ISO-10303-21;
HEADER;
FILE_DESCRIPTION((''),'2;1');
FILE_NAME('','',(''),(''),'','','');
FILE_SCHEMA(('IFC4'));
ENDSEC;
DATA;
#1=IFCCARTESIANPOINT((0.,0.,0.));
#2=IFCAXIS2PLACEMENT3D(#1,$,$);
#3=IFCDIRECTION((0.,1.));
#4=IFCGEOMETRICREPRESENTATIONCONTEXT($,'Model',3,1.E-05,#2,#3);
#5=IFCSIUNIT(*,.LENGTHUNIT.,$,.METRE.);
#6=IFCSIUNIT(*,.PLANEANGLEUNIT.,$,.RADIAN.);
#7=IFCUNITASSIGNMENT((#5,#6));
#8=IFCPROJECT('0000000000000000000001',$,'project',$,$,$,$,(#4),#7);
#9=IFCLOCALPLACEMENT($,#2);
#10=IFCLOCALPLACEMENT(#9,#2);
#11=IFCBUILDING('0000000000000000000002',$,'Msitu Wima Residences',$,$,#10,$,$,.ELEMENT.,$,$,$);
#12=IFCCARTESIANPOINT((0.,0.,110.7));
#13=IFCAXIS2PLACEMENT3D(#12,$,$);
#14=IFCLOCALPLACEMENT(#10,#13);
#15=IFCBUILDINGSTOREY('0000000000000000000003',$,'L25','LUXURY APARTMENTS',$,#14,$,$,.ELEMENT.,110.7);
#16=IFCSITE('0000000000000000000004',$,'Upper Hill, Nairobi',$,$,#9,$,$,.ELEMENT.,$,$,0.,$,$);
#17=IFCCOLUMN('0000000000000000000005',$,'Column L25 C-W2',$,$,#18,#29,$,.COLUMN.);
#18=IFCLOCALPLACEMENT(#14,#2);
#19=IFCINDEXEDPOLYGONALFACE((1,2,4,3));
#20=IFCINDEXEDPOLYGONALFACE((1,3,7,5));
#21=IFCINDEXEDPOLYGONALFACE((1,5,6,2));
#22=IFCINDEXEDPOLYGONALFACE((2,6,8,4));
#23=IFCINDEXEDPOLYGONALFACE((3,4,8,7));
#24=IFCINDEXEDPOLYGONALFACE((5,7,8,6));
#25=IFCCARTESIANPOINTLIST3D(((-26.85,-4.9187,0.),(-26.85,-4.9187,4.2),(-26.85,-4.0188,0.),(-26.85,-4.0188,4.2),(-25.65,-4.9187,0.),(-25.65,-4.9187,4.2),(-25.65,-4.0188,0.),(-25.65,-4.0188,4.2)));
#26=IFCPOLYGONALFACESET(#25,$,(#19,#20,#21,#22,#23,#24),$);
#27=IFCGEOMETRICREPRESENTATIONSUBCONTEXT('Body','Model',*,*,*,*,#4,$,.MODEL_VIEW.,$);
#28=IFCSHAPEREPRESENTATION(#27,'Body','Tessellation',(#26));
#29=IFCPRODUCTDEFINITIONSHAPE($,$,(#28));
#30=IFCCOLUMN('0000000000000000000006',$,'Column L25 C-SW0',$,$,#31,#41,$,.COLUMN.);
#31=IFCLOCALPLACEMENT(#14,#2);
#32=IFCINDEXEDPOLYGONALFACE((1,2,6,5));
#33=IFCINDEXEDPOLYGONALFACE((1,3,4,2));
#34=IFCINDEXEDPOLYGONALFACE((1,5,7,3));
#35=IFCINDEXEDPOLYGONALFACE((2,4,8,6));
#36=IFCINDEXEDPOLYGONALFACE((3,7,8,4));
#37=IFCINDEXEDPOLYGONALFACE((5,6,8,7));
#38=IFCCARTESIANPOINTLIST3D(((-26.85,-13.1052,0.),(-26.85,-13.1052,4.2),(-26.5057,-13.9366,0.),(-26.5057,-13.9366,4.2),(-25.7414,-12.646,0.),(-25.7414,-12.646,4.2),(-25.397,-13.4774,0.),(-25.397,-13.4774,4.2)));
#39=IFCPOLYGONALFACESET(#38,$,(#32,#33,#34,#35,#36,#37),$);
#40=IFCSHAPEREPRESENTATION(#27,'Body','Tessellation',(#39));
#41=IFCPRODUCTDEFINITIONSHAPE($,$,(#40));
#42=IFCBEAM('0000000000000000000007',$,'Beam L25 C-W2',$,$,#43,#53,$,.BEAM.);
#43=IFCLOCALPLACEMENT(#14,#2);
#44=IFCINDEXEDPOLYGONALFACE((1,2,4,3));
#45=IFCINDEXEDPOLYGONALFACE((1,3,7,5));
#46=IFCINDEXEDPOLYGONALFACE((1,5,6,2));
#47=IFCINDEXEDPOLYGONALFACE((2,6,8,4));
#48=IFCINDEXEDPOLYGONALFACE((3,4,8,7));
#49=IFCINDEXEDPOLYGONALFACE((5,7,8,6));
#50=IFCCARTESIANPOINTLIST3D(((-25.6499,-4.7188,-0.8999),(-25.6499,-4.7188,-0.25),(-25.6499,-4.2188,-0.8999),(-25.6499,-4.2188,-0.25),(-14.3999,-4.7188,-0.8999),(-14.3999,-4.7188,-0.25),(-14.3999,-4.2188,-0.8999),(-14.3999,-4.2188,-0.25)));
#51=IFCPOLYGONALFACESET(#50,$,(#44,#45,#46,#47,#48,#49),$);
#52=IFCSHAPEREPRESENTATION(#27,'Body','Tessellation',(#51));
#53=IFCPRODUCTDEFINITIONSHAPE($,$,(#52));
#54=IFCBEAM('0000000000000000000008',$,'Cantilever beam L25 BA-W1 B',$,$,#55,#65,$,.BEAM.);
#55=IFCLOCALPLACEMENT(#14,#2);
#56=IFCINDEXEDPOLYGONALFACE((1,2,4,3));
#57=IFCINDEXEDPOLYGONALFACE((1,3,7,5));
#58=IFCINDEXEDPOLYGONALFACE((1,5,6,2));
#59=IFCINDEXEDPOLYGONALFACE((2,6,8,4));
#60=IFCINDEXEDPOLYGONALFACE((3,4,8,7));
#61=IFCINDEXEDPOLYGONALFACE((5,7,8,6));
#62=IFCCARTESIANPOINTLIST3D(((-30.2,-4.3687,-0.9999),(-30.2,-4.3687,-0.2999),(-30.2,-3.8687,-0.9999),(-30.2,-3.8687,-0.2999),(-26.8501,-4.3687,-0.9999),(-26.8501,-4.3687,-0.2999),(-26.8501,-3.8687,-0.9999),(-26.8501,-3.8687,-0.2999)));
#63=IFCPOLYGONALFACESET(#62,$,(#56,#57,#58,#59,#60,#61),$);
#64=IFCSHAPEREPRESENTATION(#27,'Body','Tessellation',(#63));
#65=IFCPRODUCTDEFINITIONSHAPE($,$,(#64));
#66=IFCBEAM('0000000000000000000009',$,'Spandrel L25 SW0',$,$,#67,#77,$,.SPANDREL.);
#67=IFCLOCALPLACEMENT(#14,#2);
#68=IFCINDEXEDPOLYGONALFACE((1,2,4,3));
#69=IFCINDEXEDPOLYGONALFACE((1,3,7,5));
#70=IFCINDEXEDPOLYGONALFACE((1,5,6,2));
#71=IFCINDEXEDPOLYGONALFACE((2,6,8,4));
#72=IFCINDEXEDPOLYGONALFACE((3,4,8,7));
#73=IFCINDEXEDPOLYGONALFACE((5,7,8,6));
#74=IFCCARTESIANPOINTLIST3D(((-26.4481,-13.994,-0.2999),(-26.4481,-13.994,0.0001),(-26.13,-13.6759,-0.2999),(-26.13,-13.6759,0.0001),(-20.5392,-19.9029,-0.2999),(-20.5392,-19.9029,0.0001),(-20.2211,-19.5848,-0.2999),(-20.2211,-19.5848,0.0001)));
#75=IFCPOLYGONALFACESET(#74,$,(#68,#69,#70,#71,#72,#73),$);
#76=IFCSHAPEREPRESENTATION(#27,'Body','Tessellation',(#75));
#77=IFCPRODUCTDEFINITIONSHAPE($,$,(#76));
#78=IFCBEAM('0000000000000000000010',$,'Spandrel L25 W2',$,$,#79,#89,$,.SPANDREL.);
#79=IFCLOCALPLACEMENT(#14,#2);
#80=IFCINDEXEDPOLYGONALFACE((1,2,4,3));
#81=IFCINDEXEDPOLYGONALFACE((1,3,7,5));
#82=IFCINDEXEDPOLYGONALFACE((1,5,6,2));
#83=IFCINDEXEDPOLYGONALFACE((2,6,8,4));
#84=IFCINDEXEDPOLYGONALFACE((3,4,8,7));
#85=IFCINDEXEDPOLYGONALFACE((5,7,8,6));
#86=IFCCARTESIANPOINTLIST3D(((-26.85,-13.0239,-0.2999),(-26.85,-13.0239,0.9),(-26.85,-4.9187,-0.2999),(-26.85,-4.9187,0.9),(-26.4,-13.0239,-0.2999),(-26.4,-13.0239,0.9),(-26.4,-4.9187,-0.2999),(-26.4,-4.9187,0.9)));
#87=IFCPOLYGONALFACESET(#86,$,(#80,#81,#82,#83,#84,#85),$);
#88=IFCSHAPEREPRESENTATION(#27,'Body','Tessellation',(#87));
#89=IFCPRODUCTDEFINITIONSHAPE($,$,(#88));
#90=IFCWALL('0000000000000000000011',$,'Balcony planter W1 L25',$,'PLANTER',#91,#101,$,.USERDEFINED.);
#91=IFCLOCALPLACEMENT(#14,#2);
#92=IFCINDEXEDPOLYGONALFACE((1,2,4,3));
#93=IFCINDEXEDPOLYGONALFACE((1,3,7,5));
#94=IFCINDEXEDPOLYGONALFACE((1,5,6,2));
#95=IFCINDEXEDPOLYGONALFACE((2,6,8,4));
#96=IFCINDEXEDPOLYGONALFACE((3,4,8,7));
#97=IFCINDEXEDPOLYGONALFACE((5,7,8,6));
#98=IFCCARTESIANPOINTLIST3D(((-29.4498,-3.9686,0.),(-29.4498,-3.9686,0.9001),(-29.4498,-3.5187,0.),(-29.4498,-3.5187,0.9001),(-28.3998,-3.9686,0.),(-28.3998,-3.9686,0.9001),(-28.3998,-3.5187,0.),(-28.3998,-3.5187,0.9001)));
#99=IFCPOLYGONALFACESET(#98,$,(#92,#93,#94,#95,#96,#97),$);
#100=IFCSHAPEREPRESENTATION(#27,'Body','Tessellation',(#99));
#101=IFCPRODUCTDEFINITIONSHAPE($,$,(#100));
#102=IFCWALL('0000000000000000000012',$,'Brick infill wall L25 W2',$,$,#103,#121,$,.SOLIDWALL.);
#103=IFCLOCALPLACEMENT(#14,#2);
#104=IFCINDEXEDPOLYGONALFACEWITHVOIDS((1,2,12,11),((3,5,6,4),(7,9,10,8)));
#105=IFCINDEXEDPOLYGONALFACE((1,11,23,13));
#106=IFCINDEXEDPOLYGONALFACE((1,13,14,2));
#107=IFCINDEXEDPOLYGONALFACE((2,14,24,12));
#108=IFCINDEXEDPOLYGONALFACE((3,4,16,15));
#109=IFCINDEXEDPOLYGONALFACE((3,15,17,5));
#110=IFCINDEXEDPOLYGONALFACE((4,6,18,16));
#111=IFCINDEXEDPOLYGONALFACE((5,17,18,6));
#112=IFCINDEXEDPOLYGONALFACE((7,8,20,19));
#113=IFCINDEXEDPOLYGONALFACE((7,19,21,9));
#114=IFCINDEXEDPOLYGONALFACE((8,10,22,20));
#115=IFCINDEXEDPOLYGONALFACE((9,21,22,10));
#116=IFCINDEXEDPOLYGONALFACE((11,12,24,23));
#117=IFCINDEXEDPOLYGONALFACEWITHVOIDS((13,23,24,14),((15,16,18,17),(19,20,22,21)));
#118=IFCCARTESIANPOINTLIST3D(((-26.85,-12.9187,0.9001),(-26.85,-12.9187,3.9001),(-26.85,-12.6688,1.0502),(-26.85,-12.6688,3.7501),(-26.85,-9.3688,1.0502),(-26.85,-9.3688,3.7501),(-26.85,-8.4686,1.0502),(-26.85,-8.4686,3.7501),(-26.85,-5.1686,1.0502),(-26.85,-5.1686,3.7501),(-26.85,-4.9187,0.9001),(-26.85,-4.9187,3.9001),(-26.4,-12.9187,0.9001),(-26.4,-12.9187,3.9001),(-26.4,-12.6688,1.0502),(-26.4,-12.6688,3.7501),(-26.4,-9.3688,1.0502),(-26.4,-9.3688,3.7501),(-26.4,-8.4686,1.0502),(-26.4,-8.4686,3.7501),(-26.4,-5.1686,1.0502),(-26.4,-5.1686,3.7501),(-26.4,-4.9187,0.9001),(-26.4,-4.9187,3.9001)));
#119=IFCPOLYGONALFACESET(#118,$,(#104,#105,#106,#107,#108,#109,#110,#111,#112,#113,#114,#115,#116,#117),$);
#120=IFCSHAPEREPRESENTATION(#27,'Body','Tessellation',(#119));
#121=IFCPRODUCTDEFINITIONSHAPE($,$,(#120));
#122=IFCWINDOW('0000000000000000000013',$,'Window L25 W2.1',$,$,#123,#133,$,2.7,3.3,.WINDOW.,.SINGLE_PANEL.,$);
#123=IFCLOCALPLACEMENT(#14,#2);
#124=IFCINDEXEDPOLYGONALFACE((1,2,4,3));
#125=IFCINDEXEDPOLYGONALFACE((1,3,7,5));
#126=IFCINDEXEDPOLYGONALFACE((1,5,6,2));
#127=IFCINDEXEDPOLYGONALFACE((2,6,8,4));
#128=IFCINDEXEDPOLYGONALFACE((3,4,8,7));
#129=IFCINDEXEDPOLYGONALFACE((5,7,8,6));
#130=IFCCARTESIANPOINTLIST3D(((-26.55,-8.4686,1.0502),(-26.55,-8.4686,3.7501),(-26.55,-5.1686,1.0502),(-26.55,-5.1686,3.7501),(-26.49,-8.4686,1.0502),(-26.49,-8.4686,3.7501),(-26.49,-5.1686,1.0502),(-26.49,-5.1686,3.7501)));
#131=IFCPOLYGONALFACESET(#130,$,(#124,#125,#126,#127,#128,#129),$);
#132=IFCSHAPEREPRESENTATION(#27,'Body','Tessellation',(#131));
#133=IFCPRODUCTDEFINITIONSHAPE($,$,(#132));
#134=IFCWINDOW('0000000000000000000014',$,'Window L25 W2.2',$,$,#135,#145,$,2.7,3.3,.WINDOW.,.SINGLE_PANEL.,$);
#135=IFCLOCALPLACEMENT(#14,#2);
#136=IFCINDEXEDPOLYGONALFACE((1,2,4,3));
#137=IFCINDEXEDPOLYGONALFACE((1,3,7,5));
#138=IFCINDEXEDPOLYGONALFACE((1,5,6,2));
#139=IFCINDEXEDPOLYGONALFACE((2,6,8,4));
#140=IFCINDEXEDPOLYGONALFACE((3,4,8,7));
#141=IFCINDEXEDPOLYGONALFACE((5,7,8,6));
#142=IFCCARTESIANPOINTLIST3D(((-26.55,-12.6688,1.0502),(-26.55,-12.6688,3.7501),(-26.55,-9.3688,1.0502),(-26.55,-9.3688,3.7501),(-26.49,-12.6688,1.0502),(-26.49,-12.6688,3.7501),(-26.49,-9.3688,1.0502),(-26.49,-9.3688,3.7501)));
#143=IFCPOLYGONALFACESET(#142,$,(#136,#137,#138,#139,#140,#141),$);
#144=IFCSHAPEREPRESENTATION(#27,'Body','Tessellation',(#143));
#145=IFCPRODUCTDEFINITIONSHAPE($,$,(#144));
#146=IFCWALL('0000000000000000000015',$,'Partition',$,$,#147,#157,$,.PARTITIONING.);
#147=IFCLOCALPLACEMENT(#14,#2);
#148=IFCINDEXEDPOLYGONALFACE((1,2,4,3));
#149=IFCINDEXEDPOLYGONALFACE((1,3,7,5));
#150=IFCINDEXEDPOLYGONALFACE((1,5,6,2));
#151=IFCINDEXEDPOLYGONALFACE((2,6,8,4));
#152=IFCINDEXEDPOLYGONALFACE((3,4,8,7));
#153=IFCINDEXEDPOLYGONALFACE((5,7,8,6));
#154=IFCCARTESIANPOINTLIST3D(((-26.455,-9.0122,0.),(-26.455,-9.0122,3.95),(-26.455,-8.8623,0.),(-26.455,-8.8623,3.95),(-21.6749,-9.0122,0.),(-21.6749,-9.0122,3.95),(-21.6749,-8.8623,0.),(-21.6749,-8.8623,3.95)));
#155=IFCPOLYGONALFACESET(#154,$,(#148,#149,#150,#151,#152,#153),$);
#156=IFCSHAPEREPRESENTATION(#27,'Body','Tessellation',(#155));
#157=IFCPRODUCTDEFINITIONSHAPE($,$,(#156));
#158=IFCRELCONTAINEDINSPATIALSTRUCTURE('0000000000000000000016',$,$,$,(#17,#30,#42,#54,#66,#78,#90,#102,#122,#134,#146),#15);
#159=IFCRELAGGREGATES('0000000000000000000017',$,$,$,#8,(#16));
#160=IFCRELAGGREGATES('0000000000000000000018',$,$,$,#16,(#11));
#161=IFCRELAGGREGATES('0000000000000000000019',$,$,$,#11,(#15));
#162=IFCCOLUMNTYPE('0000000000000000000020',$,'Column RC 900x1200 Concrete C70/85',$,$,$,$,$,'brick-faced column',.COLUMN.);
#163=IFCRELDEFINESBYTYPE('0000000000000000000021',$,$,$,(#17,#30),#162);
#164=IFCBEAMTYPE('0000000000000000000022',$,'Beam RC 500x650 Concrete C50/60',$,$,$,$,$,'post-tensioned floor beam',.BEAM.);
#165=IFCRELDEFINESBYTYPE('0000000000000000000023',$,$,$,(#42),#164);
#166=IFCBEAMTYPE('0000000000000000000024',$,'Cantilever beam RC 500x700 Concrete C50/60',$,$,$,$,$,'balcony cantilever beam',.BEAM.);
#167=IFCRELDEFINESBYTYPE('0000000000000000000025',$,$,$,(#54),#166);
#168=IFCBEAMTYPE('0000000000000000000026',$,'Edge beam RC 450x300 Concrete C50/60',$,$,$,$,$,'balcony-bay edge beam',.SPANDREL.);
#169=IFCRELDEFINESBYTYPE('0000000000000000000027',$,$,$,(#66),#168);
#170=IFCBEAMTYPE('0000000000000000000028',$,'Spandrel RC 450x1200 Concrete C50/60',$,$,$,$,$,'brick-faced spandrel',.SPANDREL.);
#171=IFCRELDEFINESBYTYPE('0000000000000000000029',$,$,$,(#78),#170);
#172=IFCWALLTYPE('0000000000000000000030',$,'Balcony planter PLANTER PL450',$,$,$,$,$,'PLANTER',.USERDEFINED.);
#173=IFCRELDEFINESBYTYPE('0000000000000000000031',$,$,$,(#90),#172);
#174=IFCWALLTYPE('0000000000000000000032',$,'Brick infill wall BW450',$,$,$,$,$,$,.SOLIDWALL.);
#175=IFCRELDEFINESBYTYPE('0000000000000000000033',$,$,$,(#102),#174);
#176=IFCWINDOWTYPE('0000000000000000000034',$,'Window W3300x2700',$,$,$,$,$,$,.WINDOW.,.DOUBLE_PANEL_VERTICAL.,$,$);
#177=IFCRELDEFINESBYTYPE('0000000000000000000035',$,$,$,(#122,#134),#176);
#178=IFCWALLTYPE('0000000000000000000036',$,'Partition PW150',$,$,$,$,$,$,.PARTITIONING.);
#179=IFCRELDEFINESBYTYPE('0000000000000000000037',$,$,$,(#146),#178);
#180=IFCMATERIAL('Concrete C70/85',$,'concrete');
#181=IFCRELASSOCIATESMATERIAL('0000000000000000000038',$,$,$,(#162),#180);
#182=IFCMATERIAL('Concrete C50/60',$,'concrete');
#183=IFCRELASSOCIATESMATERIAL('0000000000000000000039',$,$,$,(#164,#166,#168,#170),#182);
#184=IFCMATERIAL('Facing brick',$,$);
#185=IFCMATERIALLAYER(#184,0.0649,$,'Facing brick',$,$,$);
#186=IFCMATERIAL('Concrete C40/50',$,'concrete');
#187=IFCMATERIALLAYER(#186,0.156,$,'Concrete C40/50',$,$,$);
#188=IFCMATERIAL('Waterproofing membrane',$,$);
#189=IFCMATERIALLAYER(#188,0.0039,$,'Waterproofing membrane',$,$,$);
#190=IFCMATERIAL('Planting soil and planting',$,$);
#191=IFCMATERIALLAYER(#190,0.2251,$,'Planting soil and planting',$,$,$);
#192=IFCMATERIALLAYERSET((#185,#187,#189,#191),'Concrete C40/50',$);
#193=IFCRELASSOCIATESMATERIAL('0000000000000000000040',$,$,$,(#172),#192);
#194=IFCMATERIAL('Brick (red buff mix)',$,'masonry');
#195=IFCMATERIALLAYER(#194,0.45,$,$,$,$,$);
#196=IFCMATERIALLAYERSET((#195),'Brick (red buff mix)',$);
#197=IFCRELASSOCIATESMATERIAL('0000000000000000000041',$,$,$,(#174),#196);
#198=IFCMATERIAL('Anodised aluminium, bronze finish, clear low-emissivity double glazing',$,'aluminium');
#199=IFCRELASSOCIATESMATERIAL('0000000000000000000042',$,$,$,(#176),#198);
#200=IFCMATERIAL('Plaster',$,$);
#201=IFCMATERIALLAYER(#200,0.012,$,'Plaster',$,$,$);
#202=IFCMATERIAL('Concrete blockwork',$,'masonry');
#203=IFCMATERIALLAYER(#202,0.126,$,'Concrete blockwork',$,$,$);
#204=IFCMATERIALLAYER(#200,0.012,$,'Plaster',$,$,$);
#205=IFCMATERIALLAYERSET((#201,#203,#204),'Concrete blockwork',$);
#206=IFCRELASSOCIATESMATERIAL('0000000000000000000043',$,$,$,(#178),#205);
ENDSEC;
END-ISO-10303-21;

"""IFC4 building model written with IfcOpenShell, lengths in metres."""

from ifc_helpers import new_model, si_unit, direction, frame, frame_2d, origin, origin_2d, place, context, subcontext, project, spatial, rectangle, extrude, material, layer, layer_set, material_profile, profile_set, type_object, element, fill, save


model = new_model("IFC4")

# Units and contexts
model_context = context("Model", 3, precision=1e-05, world=origin(), true_north=direction((0.0, 1.0)))
body_context = subcontext(model_context, "Body", "Model", "MODEL_VIEW")
ifc_project = project(units=[si_unit("LENGTHUNIT", "METRE"), si_unit("PLANEANGLEUNIT", "RADIAN")], contexts=[model_context])

# Site, building, storey
site_placement = place(None, origin())
site = spatial("IfcSite", under=ifc_project, at=site_placement, Name="Upper Hill, Nairobi", CompositionType="ELEMENT", RefElevation=0.0)
building_placement = place(site_placement, origin())
building = spatial("IfcBuilding", under=site, at=building_placement, Name="Msitu Wima Residences", CompositionType="ELEMENT")
storey_placement = place(building_placement, frame((0.0, 0.0, 110.7)))
storey = spatial("IfcBuildingStorey", under=building, at=storey_placement, Name="L25", Description="LUXURY APARTMENTS", CompositionType="ELEMENT", Elevation=110.7)

# Columns
ifc_material_1 = material(Name="Concrete C70/85", Category="concrete")
ifc_material_profile_1 = material_profile(ifc_material_1, rectangle(XDim=0.8999, YDim=1.2, at=origin_2d()), Name="RC 900x1200")
ifc_profile_set_1 = profile_set([ifc_material_profile_1], Name="Concrete C70/85")
column_type = type_object("IfcColumnType", Name="Column RC 900x1200 Concrete C70/85", ElementType="brick-faced column", PredefinedType="COLUMN", material=ifc_profile_set_1)
for number, where, z_axis, x_axis, name in (
    (1, (-26.25, -4.4688, 0.0), (0.0, 0.0, 1.0), (0.0, -1.0, 0.0), "Column L25 C-W2"),
    (2, (-26.1235, -13.2913, 0.0), (0.0, 0.0, 1.0), (0.382683, -0.92388, 0.0), "Column L25 C-SW0"),
):
    element("IfcColumn", number, at=place(storey_placement, frame(where, z_axis=z_axis, x_axis=x_axis)), inside=storey, type_object=column_type, Name=name, PredefinedType="COLUMN", context=body_context, shape_type="SweptSolid", body=[
        extrude(rectangle(XDim=0.8999, YDim=1.2, at=origin_2d()), origin(), (0.0, 0.0, 1.0), 4.2),
    ])

# Beams
ifc_material_2 = material(Name="Concrete C50/60", Category="concrete")
ifc_material_profile_2 = material_profile(ifc_material_2, rectangle(XDim=0.5, YDim=0.6499, at=origin_2d()), Name="RC 500x650")
ifc_profile_set_2 = profile_set([ifc_material_profile_2], Name="Concrete C50/60")
beam_type_1 = type_object("IfcBeamType", Name="Beam RC 500x650 Concrete C50/60", ElementType="post-tensioned floor beam", PredefinedType="BEAM", material=ifc_profile_set_2)
beam_1_placement = place(storey_placement, frame((-25.6499, -4.4688, -0.575), z_axis=(1.0, 0.0, 0.0), x_axis=(0.0, 1.0, 0.0)))
element("IfcBeam", 3, at=beam_1_placement, inside=storey, type_object=beam_type_1, Name="Beam L25 C-W2", PredefinedType="BEAM", context=body_context, shape_type="SweptSolid", body=[
    extrude(rectangle(XDim=0.5, YDim=0.6499, at=origin_2d()), origin(), (0.0, 0.0, 1.0), 11.25),
])
ifc_material_profile_3 = material_profile(ifc_material_2, rectangle(XDim=0.5, YDim=0.7, at=origin_2d()), Name="RC 500x700")
ifc_profile_set_3 = profile_set([ifc_material_profile_3], Name="Concrete C50/60")
beam_type_2 = type_object("IfcBeamType", Name="Cantilever beam RC 500x700 Concrete C50/60", ElementType="balcony cantilever beam", PredefinedType="BEAM", material=ifc_profile_set_3)
beam_2_placement = place(storey_placement, frame((-26.8501, -4.1187, -0.6499), z_axis=(-1.0, 0.0, 0.0), x_axis=(0.0, -1.0, 0.0)))
element("IfcBeam", 4, at=beam_2_placement, inside=storey, type_object=beam_type_2, Name="Cantilever beam L25 BA-W1 B", PredefinedType="BEAM", context=body_context, shape_type="SweptSolid", body=[
    extrude(rectangle(XDim=0.5, YDim=0.7, at=origin_2d()), origin(), (0.0, 0.0, 1.0), 3.3499),
])
ifc_material_profile_4 = material_profile(ifc_material_2, rectangle(XDim=0.45, YDim=0.3, at=origin_2d()), Name="RC 450x300")
ifc_profile_set_4 = profile_set([ifc_material_profile_4], Name="Concrete C50/60")
beam_type_3 = type_object("IfcBeamType", Name="Edge beam RC 450x300 Concrete C50/60", ElementType="balcony-bay edge beam", PredefinedType="SPANDREL", material=ifc_profile_set_4)
beam_3_placement = place(storey_placement, frame((-26.2891, -13.835, -0.1499), z_axis=(0.707107, -0.707107, 0.0), x_axis=(0.707107, 0.707107, 0.0)))
element("IfcBeam", 5, at=beam_3_placement, inside=storey, type_object=beam_type_3, Name="Spandrel L25 SW0", PredefinedType="SPANDREL", context=body_context, shape_type="SweptSolid", body=[
    extrude(rectangle(XDim=0.45, YDim=0.3, at=origin_2d()), origin(), (0.0, 0.0, 1.0), 8.3564),
])
ifc_material_profile_5 = material_profile(ifc_material_2, rectangle(XDim=0.45, YDim=1.2, at=origin_2d()), Name="RC 450x1200")
ifc_profile_set_5 = profile_set([ifc_material_profile_5], Name="Concrete C50/60")
beam_type_4 = type_object("IfcBeamType", Name="Spandrel RC 450x1200 Concrete C50/60", ElementType="brick-faced spandrel", PredefinedType="SPANDREL", material=ifc_profile_set_5)
beam_4_placement = place(storey_placement, frame((-26.625, -4.9187, 0.3), z_axis=(0.0, -1.0, 0.0), x_axis=(1.0, 0.0, 0.0)))
element("IfcBeam", 6, at=beam_4_placement, inside=storey, type_object=beam_type_4, Name="Spandrel L25 W2", PredefinedType="SPANDREL", context=body_context, shape_type="SweptSolid", body=[
    extrude(rectangle(XDim=0.45, YDim=1.2, at=origin_2d()), origin(), (0.0, 0.0, 1.0), 8.1052),
])

# Wall
ifc_material_3 = material(Name="Facing brick")
ifc_layer_1 = layer(ifc_material_3, 0.0649, Name="Facing brick")
ifc_material_4 = material(Name="Concrete C40/50", Category="concrete")
ifc_layer_2 = layer(ifc_material_4, 0.156, Name="Concrete C40/50")
ifc_material_5 = material(Name="Waterproofing membrane")
ifc_layer_3 = layer(ifc_material_5, 0.0039, Name="Waterproofing membrane")
ifc_material_6 = material(Name="Planting soil and planting")
ifc_layer_4 = layer(ifc_material_6, 0.2251, Name="Planting soil and planting")
ifc_layer_set_1 = layer_set([ifc_layer_1, ifc_layer_2, ifc_layer_3, ifc_layer_4], Name="Concrete C40/50")
wall_type_1 = type_object("IfcWallType", Name="Balcony planter PLANTER PL450", ElementType="PLANTER", PredefinedType="USERDEFINED", material=ifc_layer_set_1)
wall_1_placement = place(storey_placement, frame((-28.3999, -3.7437, 0.0), z_axis=(0.0, 0.0, 1.0), x_axis=(-1.0, 0.0, 0.0)))
element("IfcWall", 7, at=wall_1_placement, inside=storey, type_object=wall_type_1, Name="Balcony planter W1 L25", ObjectType="PLANTER", PredefinedType="USERDEFINED", context=body_context, shape_type="SweptSolid", body=[
    extrude(rectangle(XDim=1.05, YDim=0.45, at=frame_2d((0.5249, 0.0))), origin(), (0.0, 0.0, 1.0), 0.9001),
])

# Wall, openings, windows
ifc_material_7 = material(Name="Brick (red buff mix)", Category="masonry")
ifc_layer_5 = layer(ifc_material_7, 0.45)
ifc_layer_set_2 = layer_set([ifc_layer_5], Name="Brick (red buff mix)")
wall_type_2 = type_object("IfcWallType", Name="Brick infill wall BW450", PredefinedType="SOLIDWALL", material=ifc_layer_set_2)
wall_2_placement = place(storey_placement, frame((-26.625, -4.9187, 0.9001), z_axis=(0.0, 0.0, 1.0), x_axis=(0.0, -1.0, 0.0)))
wall_2 = element("IfcWall", 8, at=wall_2_placement, inside=storey, type_object=wall_type_2, Name="Brick infill wall L25 W2", PredefinedType="SOLIDWALL", context=body_context, shape_type="SweptSolid", body=[
    extrude(rectangle(XDim=8.0, YDim=0.45, at=frame_2d((4.0, 0.0))), origin(), (0.0, 0.0, 1.0), 3.0),
])
opening_1_placement = place(wall_2_placement, frame((0.25, 0.0, 0.1499)))
opening_1 = element("IfcOpeningElement", 9, at=opening_1_placement, cuts=wall_2, PredefinedType="OPENING", context=body_context, shape_type="SweptSolid", body=[
    extrude(rectangle(XDim=3.3, YDim=2.7, at=frame_2d((1.6499, 1.3501))), frame((0.0, 0.2349, 0.0), z_axis=(0.0, -1.0, 0.0), x_axis=(1.0, 0.0, 0.0)), (0.0, 0.0, 1.0), 0.47),
])
opening_2_placement = place(wall_2_placement, frame((4.4502, 0.0, 0.1499)))
opening_2 = element("IfcOpeningElement", 10, at=opening_2_placement, cuts=wall_2, PredefinedType="OPENING", context=body_context, shape_type="SweptSolid", body=[
    extrude(rectangle(XDim=3.3, YDim=2.7, at=frame_2d((1.6499, 1.3501))), frame((0.0, 0.2349, 0.0), z_axis=(0.0, -1.0, 0.0), x_axis=(1.0, 0.0, 0.0)), (0.0, 0.0, 1.0), 0.47),
])
ifc_material_8 = material(Name="Anodised aluminium, bronze finish, clear low-emissivity double glazing", Category="aluminium")
window_type = type_object("IfcWindowType", Name="Window W3300x2700", PartitioningType="DOUBLE_PANEL_VERTICAL", PredefinedType="WINDOW", material=ifc_material_8)
window_1_placement = place(opening_1_placement, origin())
window_1 = element("IfcWindow", 11, at=window_1_placement, inside=storey, type_object=window_type, Name="Window L25 W2.1", OverallHeight=2.7, OverallWidth=3.3, PartitioningType="SINGLE_PANEL", PredefinedType="WINDOW", context=body_context, shape_type="SweptSolid", body=[
    extrude(rectangle(XDim=3.3, YDim=2.7, at=frame_2d((1.6499, 1.3501))), frame((0.0, 0.135, 0.0), z_axis=(0.0, -1.0, 0.0), x_axis=(1.0, 0.0, 0.0)), (0.0, 0.0, 1.0), 0.0601),
])
fill(opening_1, window_1)
window_2_placement = place(opening_2_placement, origin())
window_2 = element("IfcWindow", 12, at=window_2_placement, inside=storey, type_object=window_type, Name="Window L25 W2.2", OverallHeight=2.7, OverallWidth=3.3, PartitioningType="SINGLE_PANEL", PredefinedType="WINDOW", context=body_context, shape_type="SweptSolid", body=[
    extrude(rectangle(XDim=3.3, YDim=2.7, at=frame_2d((1.6499, 1.3501))), frame((0.0, 0.135, 0.0), z_axis=(0.0, -1.0, 0.0), x_axis=(1.0, 0.0, 0.0)), (0.0, 0.0, 1.0), 0.0601),
])
fill(opening_2, window_2)

# Wall
ifc_material_9 = material(Name="Plaster")
ifc_layer_6 = layer(ifc_material_9, 0.012, Name="Plaster")
ifc_material_10 = material(Name="Concrete blockwork", Category="masonry")
ifc_layer_7 = layer(ifc_material_10, 0.126, Name="Concrete blockwork")
ifc_layer_8 = layer(ifc_material_9, 0.012, Name="Plaster")
ifc_layer_set_3 = layer_set([ifc_layer_6, ifc_layer_7, ifc_layer_8], Name="Concrete blockwork")
wall_type_3 = type_object("IfcWallType", Name="Partition PW150", PredefinedType="PARTITIONING", material=ifc_layer_set_3)
wall_3_placement = place(storey_placement, frame((-26.4551, -8.9373, 0.0), z_axis=(0.0, 0.0, 1.0), x_axis=(1.0, 0.0, 0.0)))
element("IfcWall", 13, at=wall_3_placement, inside=storey, type_object=wall_type_3, Name="Partition", PredefinedType="PARTITIONING", context=body_context, shape_type="SweptSolid", body=[
    extrude(rectangle(XDim=4.78, YDim=0.1499, at=frame_2d((2.3901, 0.0))), origin(), (0.0, 0.0, 1.0), 3.95),
])

save(model, "model.ifc")
